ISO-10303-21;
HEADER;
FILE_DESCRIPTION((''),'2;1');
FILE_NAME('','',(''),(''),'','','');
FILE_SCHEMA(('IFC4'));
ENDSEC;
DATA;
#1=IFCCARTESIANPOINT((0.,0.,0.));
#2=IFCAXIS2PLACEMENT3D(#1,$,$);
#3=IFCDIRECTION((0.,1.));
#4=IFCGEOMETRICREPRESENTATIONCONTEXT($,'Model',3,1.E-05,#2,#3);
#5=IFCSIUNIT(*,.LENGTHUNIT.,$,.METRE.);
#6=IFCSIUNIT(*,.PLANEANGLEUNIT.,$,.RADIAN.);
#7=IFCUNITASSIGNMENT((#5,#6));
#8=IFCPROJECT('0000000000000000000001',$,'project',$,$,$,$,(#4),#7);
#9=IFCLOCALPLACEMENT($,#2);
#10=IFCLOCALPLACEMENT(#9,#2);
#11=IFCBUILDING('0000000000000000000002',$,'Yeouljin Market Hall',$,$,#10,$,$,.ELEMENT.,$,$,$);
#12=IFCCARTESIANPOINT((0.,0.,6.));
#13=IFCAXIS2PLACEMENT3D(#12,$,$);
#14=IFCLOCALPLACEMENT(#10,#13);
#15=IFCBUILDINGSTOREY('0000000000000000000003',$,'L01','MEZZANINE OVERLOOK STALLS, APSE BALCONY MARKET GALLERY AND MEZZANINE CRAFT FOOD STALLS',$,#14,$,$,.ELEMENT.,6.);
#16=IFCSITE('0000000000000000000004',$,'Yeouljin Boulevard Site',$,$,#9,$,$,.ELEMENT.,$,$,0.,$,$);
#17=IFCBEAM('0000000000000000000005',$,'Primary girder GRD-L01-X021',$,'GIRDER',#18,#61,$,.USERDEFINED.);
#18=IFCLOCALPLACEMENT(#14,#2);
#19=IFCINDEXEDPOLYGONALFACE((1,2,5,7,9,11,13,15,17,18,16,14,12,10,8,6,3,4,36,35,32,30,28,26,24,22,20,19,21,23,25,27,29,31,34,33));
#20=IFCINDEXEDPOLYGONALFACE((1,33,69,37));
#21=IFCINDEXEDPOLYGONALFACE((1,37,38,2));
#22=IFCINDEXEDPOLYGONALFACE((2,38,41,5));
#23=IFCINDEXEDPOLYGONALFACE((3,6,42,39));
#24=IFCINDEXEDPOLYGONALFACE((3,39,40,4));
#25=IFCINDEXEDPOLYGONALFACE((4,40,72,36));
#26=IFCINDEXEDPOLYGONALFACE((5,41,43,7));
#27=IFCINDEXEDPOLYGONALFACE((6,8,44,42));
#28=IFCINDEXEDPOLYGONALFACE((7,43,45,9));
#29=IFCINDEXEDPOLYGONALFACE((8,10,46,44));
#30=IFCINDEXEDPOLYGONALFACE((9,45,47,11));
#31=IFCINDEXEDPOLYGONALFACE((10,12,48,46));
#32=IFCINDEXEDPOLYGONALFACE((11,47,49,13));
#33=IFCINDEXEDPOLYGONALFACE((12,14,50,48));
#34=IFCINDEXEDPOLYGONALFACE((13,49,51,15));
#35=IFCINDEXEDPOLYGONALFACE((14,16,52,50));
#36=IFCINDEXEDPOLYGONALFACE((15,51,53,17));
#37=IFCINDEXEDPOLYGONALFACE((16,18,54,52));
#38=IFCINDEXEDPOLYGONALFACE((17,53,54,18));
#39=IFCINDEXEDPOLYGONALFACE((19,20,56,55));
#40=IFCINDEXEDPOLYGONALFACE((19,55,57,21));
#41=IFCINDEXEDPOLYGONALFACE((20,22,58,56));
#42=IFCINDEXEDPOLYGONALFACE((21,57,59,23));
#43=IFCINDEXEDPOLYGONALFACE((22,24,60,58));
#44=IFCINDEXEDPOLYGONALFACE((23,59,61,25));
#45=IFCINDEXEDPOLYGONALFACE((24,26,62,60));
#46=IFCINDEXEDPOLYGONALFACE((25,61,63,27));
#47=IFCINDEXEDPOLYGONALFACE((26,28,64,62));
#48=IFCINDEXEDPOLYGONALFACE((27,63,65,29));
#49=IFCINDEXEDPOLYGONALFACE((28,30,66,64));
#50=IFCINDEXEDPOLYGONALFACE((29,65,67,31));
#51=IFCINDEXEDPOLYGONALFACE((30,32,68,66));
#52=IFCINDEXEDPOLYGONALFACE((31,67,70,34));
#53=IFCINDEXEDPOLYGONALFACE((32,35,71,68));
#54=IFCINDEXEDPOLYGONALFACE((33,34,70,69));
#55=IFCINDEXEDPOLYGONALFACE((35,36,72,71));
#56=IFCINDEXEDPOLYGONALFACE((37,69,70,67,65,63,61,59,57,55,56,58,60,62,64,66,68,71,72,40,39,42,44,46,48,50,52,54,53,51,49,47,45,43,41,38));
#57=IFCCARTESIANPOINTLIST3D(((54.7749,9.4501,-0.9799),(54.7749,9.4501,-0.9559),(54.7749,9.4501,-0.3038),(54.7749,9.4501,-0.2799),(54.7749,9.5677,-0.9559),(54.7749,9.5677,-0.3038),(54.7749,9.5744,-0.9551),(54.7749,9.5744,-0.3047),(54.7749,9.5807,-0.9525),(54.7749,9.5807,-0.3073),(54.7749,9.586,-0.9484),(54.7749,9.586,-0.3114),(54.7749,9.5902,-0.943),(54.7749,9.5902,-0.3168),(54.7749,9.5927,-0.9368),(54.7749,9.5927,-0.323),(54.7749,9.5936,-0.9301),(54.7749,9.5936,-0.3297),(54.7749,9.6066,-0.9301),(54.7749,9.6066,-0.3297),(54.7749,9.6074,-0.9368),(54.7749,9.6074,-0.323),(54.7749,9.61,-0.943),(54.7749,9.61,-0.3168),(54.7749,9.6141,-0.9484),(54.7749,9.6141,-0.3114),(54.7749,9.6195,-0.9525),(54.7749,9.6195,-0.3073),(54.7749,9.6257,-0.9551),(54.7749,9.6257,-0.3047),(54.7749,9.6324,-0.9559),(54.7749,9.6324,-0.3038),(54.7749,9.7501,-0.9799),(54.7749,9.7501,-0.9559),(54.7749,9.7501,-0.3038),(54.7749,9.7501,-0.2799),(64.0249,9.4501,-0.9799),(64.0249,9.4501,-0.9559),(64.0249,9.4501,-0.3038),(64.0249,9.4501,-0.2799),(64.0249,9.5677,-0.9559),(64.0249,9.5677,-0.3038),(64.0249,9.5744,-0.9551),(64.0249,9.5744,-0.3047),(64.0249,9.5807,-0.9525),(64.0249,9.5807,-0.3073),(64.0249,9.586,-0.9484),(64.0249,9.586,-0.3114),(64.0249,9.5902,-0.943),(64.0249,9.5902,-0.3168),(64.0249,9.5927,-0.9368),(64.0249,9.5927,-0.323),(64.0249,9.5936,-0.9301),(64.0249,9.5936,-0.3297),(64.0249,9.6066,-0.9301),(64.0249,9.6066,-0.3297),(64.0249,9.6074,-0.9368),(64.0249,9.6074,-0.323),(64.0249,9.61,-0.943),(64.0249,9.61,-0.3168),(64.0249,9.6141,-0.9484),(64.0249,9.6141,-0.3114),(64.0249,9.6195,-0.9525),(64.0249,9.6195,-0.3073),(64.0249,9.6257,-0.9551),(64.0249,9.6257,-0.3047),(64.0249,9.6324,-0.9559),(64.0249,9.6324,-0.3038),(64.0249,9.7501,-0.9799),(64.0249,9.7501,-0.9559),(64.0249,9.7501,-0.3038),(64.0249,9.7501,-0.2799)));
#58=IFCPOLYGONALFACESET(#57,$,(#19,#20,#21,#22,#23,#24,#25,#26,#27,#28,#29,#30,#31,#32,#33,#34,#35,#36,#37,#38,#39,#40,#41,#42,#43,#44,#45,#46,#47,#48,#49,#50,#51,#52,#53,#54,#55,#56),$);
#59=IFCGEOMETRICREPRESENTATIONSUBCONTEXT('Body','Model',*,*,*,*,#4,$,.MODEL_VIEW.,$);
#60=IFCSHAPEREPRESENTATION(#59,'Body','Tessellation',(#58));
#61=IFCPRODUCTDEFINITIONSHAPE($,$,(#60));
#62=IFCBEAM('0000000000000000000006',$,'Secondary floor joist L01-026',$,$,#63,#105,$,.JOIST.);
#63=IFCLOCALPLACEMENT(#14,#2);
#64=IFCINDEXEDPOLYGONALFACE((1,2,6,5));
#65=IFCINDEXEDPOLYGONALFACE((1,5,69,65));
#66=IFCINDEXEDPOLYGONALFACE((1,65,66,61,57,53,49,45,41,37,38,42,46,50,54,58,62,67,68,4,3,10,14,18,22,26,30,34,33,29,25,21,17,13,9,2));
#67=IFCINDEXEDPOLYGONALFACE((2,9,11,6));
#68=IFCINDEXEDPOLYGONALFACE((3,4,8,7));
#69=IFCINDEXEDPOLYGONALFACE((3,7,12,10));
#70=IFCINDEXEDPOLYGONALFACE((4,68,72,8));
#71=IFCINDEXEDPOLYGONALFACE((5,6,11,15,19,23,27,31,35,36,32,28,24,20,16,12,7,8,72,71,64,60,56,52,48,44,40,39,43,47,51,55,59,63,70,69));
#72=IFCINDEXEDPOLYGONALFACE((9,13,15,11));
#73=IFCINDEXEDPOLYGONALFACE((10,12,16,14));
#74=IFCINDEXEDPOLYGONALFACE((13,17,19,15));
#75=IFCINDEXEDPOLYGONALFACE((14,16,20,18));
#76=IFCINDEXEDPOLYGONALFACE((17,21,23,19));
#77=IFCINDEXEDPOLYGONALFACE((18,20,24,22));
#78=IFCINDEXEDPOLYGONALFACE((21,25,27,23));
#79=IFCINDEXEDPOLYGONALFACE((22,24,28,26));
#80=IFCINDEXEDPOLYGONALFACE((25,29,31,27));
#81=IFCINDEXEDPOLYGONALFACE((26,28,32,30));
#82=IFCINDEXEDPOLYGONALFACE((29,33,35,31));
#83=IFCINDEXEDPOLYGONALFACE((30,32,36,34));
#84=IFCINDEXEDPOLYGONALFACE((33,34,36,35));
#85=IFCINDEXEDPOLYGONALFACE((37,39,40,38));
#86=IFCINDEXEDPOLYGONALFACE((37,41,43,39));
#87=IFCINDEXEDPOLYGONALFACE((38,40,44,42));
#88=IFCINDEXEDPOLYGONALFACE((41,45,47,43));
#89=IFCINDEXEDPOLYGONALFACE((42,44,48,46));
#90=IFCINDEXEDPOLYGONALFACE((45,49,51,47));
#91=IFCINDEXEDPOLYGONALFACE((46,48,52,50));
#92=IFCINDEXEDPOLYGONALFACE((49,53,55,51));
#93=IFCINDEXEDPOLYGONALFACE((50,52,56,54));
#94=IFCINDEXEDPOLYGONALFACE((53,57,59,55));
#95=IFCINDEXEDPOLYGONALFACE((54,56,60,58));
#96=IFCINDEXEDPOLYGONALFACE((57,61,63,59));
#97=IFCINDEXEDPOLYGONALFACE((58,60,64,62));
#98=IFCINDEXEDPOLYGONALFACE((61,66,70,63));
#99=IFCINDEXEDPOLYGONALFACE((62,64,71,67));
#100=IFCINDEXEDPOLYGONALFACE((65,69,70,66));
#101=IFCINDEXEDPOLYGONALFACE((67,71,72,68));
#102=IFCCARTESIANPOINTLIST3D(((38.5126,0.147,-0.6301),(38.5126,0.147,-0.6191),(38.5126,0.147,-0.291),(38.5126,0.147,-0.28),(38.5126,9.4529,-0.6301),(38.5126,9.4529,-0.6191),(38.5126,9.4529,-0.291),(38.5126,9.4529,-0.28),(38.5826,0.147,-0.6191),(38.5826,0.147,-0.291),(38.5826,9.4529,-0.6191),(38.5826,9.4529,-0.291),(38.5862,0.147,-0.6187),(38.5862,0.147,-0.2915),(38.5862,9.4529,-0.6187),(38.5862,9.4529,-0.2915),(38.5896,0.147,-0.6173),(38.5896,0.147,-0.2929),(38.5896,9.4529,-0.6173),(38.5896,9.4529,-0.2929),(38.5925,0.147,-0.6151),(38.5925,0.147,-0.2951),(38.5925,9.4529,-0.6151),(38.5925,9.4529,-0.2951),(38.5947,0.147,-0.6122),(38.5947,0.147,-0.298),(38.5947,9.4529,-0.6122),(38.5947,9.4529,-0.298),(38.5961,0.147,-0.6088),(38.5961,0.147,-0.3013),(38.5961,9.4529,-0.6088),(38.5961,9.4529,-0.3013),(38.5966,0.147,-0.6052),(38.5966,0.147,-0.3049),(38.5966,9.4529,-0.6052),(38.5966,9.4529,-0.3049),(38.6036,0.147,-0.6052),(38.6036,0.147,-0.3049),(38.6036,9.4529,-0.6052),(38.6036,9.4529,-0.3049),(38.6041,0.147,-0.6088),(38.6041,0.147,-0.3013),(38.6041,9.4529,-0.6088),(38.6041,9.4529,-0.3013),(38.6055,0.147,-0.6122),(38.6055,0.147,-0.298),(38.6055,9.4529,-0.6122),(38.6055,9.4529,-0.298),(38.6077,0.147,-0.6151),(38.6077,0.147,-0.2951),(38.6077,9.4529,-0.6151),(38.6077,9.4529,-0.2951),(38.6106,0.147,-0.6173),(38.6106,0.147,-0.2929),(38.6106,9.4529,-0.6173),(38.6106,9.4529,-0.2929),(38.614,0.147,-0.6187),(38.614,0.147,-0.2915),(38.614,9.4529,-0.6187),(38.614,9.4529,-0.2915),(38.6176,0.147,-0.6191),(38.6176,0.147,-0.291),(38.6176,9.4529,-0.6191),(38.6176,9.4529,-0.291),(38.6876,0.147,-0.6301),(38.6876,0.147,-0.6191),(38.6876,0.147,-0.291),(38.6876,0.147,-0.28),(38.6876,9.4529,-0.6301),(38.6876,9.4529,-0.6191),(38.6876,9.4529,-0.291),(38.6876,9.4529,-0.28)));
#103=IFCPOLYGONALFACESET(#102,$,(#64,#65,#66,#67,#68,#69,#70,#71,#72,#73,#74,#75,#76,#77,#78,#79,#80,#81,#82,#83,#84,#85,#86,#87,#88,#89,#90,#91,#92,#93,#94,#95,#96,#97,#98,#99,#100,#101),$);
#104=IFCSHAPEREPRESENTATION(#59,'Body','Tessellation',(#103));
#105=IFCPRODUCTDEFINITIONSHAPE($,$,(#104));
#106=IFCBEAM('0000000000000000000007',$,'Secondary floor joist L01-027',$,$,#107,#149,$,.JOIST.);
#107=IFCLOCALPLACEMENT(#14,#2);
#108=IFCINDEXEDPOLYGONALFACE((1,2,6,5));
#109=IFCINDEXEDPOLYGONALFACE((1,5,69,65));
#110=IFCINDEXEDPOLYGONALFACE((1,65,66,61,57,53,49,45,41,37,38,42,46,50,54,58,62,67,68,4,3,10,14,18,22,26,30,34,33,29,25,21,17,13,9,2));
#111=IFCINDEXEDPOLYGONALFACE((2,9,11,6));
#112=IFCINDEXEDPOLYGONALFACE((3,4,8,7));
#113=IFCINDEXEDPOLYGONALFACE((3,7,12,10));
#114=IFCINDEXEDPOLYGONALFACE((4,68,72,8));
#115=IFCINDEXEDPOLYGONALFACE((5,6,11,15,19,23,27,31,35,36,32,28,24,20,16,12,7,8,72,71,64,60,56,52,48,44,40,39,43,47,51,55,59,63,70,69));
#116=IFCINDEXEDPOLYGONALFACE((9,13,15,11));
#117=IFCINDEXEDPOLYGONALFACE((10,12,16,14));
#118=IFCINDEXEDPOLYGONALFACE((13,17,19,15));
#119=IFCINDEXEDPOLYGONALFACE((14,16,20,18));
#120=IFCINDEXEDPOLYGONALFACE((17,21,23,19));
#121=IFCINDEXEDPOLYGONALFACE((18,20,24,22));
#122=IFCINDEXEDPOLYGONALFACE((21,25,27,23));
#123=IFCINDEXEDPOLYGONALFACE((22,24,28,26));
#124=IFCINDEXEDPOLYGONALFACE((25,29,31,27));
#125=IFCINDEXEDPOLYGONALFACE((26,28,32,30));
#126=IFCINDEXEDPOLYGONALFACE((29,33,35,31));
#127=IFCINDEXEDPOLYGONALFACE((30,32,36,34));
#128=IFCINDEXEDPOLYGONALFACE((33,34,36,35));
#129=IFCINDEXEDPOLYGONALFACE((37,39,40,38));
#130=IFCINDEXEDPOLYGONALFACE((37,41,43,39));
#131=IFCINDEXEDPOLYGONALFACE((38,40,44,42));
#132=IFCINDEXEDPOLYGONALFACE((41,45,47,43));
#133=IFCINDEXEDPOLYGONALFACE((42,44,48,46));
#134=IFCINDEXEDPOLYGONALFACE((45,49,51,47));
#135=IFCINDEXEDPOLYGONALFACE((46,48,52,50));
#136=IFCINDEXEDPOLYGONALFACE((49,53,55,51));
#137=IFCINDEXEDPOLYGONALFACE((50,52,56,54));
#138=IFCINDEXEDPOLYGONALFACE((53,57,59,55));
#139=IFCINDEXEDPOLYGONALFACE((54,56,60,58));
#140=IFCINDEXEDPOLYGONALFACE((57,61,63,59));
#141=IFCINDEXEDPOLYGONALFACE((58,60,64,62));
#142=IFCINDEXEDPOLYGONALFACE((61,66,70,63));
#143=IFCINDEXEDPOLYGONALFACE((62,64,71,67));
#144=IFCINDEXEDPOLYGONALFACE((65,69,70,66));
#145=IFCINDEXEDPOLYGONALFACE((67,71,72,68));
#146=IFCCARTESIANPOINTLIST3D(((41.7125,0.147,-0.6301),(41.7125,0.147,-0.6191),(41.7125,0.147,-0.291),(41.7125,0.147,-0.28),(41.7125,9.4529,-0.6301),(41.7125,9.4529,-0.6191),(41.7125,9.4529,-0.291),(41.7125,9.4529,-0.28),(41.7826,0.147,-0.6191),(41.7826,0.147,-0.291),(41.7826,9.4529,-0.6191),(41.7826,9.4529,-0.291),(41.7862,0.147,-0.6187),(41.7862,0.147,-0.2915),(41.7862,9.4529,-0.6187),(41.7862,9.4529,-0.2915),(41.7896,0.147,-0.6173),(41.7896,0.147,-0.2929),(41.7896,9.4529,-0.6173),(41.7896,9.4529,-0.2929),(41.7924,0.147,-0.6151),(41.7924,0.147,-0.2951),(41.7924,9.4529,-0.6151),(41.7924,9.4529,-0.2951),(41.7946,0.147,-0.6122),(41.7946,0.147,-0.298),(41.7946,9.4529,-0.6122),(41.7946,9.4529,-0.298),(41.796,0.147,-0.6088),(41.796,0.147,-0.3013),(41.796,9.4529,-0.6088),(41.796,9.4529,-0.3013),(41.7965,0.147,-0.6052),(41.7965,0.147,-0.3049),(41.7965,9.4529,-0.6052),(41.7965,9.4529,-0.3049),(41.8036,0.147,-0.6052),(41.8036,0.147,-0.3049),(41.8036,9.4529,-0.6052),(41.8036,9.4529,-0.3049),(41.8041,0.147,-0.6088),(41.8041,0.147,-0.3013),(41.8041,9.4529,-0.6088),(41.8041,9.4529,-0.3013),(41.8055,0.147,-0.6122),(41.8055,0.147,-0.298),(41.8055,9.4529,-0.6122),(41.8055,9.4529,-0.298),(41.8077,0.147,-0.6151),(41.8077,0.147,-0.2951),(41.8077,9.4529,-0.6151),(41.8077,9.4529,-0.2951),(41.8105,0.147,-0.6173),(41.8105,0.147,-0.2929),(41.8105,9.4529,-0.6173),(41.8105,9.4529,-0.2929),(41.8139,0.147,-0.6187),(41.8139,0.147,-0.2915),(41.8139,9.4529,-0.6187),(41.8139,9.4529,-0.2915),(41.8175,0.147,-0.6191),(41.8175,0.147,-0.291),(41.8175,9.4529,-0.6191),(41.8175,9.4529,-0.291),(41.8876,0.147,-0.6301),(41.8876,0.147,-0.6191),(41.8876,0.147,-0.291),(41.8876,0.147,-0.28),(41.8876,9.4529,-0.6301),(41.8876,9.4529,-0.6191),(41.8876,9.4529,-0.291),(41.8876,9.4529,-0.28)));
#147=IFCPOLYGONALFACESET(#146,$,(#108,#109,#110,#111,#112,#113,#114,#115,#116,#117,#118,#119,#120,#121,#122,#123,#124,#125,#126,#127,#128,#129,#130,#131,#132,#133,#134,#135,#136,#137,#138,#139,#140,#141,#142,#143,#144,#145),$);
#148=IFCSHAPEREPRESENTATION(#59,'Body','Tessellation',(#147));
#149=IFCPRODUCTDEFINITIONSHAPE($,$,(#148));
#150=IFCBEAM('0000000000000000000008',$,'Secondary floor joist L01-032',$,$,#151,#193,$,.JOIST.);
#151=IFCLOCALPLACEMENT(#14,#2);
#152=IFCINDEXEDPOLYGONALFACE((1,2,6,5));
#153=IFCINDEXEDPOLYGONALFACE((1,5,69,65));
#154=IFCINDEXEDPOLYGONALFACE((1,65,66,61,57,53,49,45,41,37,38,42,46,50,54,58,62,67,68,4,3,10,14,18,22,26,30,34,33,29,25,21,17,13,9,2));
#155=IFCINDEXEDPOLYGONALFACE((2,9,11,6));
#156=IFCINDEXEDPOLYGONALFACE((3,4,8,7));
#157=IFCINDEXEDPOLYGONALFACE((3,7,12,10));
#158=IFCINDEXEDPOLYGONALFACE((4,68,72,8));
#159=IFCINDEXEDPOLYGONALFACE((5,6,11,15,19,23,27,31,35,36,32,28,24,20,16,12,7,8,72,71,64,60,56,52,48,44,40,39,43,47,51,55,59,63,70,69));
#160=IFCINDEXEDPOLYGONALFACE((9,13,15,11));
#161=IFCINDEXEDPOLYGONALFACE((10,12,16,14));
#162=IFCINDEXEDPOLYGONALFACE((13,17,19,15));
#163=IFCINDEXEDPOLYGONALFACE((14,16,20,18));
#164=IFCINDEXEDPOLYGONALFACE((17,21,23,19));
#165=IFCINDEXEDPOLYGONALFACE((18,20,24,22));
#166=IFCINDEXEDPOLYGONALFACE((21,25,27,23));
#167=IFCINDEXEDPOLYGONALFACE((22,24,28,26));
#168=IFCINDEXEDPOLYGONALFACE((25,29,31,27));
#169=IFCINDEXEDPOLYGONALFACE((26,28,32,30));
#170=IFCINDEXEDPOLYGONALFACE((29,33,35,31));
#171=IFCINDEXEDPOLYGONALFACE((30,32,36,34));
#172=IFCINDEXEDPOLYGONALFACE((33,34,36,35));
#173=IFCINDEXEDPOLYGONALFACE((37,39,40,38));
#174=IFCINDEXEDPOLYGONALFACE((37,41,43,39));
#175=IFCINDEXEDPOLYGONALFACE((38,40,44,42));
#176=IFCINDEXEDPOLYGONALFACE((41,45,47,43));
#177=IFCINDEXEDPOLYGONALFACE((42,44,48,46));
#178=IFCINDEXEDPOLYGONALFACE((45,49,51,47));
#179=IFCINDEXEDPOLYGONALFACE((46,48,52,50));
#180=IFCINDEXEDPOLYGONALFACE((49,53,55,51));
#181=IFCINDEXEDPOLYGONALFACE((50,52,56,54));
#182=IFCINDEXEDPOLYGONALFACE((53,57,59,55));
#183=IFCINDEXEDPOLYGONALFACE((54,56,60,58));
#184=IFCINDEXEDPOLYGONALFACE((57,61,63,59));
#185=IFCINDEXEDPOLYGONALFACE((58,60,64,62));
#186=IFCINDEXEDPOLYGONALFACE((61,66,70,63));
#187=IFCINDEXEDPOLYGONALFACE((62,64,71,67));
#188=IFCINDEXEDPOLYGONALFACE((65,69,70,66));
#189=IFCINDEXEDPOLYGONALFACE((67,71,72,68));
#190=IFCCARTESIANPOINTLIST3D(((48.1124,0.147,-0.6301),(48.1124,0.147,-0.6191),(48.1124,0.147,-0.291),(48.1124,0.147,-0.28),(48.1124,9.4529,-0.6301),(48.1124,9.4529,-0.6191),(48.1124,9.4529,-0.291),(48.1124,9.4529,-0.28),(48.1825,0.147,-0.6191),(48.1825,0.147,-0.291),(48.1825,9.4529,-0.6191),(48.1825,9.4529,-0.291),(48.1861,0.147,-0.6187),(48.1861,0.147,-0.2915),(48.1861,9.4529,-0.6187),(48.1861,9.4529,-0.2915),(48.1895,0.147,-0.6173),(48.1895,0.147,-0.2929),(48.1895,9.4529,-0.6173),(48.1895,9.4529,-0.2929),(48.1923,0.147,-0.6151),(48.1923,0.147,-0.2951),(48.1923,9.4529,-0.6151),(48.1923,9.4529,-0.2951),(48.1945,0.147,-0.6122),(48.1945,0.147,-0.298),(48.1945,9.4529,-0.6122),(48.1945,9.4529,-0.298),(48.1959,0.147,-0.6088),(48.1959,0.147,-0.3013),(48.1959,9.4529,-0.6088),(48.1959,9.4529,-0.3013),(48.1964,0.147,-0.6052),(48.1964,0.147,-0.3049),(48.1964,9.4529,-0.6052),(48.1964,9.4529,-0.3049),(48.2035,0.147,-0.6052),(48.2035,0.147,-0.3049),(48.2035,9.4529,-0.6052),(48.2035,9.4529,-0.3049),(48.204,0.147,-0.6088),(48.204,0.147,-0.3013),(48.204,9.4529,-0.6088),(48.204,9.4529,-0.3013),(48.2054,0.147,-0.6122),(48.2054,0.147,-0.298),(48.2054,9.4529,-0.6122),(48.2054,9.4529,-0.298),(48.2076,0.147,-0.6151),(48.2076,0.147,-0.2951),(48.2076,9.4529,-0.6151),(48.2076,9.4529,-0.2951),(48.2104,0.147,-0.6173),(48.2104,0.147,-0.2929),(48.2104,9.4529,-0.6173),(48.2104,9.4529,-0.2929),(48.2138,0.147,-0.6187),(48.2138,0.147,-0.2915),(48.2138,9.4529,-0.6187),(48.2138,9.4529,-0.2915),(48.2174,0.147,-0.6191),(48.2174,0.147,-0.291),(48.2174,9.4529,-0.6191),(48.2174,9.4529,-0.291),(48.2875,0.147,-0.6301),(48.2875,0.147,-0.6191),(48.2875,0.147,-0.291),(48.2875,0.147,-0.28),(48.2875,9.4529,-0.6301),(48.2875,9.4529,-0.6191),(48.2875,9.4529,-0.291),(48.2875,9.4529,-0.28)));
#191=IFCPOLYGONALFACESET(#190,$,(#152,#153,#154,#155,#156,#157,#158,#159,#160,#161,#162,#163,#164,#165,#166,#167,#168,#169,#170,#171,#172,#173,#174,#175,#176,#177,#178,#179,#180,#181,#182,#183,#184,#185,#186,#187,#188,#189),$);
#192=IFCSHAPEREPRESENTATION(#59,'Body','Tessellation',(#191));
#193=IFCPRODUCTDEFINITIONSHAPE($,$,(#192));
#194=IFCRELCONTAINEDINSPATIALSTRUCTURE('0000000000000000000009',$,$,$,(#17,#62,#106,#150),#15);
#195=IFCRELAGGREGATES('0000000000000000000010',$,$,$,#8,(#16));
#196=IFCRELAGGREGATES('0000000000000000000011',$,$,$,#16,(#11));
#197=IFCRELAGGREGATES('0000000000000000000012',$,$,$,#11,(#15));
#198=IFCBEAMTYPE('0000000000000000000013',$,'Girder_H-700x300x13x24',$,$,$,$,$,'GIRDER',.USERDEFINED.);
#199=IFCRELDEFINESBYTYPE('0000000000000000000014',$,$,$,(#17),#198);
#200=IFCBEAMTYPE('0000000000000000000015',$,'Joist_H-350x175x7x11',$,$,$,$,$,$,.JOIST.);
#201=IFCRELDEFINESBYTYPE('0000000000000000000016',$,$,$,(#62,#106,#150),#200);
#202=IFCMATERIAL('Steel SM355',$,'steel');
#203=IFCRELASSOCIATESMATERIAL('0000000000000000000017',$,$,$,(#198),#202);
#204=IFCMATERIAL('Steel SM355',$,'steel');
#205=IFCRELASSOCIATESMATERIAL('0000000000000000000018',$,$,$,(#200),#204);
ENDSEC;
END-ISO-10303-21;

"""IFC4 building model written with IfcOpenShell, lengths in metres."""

from ifc_helpers import new_model, si_unit, direction, frame, origin, origin_2d, place, context, subcontext, project, spatial, i_section, extrude, material, material_profile, profile_set, type_object, element, save


model = new_model("IFC4")

# Units and contexts
model_context = context("Model", 3, precision=1e-05, world=origin(), true_north=direction((0.0, 1.0)))
body_context = subcontext(model_context, "Body", "Model", "MODEL_VIEW")
ifc_project = project(units=[si_unit("LENGTHUNIT", "METRE"), si_unit("PLANEANGLEUNIT", "RADIAN")], contexts=[model_context])

# Site, building, storey
site_placement = place(None, origin())
site = spatial("IfcSite", under=ifc_project, at=site_placement, Name="Yeouljin Boulevard Site", CompositionType="ELEMENT", RefElevation=0.0)
building_placement = place(site_placement, origin())
building = spatial("IfcBuilding", under=site, at=building_placement, Name="Yeouljin Market Hall", CompositionType="ELEMENT")
storey_placement = place(building_placement, frame((0.0, 0.0, 6.0)))
storey = spatial("IfcBuildingStorey", under=building, at=storey_placement, Name="L01", Description="MEZZANINE OVERLOOK STALLS, APSE BALCONY MARKET GALLERY AND MEZZANINE CRAFT FOOD STALLS", CompositionType="ELEMENT", Elevation=6.0)

# Beams
ifc_material_1 = material(Name="Steel SM355", Category="steel")
ifc_material_profile_1 = material_profile(ifc_material_1, i_section(OverallWidth=0.3, OverallDepth=0.7, WebThickness=0.0129, FlangeThickness=0.0239, FilletRadius=0.0259, at=origin_2d()), Name="H-700x300x13x24")
ifc_profile_set_1 = profile_set([ifc_material_profile_1], Name="Steel SM355")
beam_type_1 = type_object("IfcBeamType", Name="Girder_H-700x300x13x24", ElementType="GIRDER", PredefinedType="USERDEFINED", material=ifc_profile_set_1)
for number, where, z_axis, x_axis, name in (
    (1, (54.7749, 9.6001, -0.6299), (1.0, 0.0, 0.0), (0.0, 1.0, 0.0), "Primary girder GRD-L01-X021"),
):
    element("IfcBeam", number, at=place(storey_placement, frame(where, z_axis=z_axis, x_axis=x_axis)), inside=storey, type_object=beam_type_1, Name=name, ObjectType="GIRDER", PredefinedType="USERDEFINED", context=body_context, shape_type="SweptSolid", body=[
        extrude(i_section(OverallWidth=0.3, OverallDepth=0.7, WebThickness=0.0129, FlangeThickness=0.0239, FilletRadius=0.0259, at=origin_2d()), origin(), (0.0, 0.0, 1.0), 9.25),
    ])
ifc_material_2 = material(Name="Steel SM355", Category="steel")
ifc_material_profile_2 = material_profile(ifc_material_2, i_section(OverallWidth=0.175, OverallDepth=0.3501, WebThickness=0.0071, FlangeThickness=0.011, FilletRadius=0.0139, at=origin_2d()), Name="H-350x175x7x11")
ifc_profile_set_2 = profile_set([ifc_material_profile_2], Name="Steel SM355")
beam_type_2 = type_object("IfcBeamType", Name="Joist_H-350x175x7x11", PredefinedType="JOIST", material=ifc_profile_set_2)
for number, where, z_axis, x_axis, name in (
    (2, (38.6001, 0.147, -0.4551), (0.0, 1.0, 0.0), (-1.0, 0.0, 0.0), "Secondary floor joist L01-026"),
    (3, (41.8, 0.147, -0.4551), (0.0, 1.0, 0.0), (-1.0, 0.0, 0.0), "Secondary floor joist L01-027"),
    (4, (48.2, 0.147, -0.4551), (0.0, 1.0, 0.0), (-1.0, 0.0, 0.0), "Secondary floor joist L01-032"),
):
    element("IfcBeam", number, at=place(storey_placement, frame(where, z_axis=z_axis, x_axis=x_axis)), inside=storey, type_object=beam_type_2, Name=name, PredefinedType="JOIST", context=body_context, shape_type="SweptSolid", body=[
        extrude(i_section(OverallWidth=0.175, OverallDepth=0.3501, WebThickness=0.0071, FlangeThickness=0.011, FilletRadius=0.0139, at=origin_2d()), origin(), (0.0, 0.0, 1.0), 9.3059),
    ])

save(model, "model.ifc")
